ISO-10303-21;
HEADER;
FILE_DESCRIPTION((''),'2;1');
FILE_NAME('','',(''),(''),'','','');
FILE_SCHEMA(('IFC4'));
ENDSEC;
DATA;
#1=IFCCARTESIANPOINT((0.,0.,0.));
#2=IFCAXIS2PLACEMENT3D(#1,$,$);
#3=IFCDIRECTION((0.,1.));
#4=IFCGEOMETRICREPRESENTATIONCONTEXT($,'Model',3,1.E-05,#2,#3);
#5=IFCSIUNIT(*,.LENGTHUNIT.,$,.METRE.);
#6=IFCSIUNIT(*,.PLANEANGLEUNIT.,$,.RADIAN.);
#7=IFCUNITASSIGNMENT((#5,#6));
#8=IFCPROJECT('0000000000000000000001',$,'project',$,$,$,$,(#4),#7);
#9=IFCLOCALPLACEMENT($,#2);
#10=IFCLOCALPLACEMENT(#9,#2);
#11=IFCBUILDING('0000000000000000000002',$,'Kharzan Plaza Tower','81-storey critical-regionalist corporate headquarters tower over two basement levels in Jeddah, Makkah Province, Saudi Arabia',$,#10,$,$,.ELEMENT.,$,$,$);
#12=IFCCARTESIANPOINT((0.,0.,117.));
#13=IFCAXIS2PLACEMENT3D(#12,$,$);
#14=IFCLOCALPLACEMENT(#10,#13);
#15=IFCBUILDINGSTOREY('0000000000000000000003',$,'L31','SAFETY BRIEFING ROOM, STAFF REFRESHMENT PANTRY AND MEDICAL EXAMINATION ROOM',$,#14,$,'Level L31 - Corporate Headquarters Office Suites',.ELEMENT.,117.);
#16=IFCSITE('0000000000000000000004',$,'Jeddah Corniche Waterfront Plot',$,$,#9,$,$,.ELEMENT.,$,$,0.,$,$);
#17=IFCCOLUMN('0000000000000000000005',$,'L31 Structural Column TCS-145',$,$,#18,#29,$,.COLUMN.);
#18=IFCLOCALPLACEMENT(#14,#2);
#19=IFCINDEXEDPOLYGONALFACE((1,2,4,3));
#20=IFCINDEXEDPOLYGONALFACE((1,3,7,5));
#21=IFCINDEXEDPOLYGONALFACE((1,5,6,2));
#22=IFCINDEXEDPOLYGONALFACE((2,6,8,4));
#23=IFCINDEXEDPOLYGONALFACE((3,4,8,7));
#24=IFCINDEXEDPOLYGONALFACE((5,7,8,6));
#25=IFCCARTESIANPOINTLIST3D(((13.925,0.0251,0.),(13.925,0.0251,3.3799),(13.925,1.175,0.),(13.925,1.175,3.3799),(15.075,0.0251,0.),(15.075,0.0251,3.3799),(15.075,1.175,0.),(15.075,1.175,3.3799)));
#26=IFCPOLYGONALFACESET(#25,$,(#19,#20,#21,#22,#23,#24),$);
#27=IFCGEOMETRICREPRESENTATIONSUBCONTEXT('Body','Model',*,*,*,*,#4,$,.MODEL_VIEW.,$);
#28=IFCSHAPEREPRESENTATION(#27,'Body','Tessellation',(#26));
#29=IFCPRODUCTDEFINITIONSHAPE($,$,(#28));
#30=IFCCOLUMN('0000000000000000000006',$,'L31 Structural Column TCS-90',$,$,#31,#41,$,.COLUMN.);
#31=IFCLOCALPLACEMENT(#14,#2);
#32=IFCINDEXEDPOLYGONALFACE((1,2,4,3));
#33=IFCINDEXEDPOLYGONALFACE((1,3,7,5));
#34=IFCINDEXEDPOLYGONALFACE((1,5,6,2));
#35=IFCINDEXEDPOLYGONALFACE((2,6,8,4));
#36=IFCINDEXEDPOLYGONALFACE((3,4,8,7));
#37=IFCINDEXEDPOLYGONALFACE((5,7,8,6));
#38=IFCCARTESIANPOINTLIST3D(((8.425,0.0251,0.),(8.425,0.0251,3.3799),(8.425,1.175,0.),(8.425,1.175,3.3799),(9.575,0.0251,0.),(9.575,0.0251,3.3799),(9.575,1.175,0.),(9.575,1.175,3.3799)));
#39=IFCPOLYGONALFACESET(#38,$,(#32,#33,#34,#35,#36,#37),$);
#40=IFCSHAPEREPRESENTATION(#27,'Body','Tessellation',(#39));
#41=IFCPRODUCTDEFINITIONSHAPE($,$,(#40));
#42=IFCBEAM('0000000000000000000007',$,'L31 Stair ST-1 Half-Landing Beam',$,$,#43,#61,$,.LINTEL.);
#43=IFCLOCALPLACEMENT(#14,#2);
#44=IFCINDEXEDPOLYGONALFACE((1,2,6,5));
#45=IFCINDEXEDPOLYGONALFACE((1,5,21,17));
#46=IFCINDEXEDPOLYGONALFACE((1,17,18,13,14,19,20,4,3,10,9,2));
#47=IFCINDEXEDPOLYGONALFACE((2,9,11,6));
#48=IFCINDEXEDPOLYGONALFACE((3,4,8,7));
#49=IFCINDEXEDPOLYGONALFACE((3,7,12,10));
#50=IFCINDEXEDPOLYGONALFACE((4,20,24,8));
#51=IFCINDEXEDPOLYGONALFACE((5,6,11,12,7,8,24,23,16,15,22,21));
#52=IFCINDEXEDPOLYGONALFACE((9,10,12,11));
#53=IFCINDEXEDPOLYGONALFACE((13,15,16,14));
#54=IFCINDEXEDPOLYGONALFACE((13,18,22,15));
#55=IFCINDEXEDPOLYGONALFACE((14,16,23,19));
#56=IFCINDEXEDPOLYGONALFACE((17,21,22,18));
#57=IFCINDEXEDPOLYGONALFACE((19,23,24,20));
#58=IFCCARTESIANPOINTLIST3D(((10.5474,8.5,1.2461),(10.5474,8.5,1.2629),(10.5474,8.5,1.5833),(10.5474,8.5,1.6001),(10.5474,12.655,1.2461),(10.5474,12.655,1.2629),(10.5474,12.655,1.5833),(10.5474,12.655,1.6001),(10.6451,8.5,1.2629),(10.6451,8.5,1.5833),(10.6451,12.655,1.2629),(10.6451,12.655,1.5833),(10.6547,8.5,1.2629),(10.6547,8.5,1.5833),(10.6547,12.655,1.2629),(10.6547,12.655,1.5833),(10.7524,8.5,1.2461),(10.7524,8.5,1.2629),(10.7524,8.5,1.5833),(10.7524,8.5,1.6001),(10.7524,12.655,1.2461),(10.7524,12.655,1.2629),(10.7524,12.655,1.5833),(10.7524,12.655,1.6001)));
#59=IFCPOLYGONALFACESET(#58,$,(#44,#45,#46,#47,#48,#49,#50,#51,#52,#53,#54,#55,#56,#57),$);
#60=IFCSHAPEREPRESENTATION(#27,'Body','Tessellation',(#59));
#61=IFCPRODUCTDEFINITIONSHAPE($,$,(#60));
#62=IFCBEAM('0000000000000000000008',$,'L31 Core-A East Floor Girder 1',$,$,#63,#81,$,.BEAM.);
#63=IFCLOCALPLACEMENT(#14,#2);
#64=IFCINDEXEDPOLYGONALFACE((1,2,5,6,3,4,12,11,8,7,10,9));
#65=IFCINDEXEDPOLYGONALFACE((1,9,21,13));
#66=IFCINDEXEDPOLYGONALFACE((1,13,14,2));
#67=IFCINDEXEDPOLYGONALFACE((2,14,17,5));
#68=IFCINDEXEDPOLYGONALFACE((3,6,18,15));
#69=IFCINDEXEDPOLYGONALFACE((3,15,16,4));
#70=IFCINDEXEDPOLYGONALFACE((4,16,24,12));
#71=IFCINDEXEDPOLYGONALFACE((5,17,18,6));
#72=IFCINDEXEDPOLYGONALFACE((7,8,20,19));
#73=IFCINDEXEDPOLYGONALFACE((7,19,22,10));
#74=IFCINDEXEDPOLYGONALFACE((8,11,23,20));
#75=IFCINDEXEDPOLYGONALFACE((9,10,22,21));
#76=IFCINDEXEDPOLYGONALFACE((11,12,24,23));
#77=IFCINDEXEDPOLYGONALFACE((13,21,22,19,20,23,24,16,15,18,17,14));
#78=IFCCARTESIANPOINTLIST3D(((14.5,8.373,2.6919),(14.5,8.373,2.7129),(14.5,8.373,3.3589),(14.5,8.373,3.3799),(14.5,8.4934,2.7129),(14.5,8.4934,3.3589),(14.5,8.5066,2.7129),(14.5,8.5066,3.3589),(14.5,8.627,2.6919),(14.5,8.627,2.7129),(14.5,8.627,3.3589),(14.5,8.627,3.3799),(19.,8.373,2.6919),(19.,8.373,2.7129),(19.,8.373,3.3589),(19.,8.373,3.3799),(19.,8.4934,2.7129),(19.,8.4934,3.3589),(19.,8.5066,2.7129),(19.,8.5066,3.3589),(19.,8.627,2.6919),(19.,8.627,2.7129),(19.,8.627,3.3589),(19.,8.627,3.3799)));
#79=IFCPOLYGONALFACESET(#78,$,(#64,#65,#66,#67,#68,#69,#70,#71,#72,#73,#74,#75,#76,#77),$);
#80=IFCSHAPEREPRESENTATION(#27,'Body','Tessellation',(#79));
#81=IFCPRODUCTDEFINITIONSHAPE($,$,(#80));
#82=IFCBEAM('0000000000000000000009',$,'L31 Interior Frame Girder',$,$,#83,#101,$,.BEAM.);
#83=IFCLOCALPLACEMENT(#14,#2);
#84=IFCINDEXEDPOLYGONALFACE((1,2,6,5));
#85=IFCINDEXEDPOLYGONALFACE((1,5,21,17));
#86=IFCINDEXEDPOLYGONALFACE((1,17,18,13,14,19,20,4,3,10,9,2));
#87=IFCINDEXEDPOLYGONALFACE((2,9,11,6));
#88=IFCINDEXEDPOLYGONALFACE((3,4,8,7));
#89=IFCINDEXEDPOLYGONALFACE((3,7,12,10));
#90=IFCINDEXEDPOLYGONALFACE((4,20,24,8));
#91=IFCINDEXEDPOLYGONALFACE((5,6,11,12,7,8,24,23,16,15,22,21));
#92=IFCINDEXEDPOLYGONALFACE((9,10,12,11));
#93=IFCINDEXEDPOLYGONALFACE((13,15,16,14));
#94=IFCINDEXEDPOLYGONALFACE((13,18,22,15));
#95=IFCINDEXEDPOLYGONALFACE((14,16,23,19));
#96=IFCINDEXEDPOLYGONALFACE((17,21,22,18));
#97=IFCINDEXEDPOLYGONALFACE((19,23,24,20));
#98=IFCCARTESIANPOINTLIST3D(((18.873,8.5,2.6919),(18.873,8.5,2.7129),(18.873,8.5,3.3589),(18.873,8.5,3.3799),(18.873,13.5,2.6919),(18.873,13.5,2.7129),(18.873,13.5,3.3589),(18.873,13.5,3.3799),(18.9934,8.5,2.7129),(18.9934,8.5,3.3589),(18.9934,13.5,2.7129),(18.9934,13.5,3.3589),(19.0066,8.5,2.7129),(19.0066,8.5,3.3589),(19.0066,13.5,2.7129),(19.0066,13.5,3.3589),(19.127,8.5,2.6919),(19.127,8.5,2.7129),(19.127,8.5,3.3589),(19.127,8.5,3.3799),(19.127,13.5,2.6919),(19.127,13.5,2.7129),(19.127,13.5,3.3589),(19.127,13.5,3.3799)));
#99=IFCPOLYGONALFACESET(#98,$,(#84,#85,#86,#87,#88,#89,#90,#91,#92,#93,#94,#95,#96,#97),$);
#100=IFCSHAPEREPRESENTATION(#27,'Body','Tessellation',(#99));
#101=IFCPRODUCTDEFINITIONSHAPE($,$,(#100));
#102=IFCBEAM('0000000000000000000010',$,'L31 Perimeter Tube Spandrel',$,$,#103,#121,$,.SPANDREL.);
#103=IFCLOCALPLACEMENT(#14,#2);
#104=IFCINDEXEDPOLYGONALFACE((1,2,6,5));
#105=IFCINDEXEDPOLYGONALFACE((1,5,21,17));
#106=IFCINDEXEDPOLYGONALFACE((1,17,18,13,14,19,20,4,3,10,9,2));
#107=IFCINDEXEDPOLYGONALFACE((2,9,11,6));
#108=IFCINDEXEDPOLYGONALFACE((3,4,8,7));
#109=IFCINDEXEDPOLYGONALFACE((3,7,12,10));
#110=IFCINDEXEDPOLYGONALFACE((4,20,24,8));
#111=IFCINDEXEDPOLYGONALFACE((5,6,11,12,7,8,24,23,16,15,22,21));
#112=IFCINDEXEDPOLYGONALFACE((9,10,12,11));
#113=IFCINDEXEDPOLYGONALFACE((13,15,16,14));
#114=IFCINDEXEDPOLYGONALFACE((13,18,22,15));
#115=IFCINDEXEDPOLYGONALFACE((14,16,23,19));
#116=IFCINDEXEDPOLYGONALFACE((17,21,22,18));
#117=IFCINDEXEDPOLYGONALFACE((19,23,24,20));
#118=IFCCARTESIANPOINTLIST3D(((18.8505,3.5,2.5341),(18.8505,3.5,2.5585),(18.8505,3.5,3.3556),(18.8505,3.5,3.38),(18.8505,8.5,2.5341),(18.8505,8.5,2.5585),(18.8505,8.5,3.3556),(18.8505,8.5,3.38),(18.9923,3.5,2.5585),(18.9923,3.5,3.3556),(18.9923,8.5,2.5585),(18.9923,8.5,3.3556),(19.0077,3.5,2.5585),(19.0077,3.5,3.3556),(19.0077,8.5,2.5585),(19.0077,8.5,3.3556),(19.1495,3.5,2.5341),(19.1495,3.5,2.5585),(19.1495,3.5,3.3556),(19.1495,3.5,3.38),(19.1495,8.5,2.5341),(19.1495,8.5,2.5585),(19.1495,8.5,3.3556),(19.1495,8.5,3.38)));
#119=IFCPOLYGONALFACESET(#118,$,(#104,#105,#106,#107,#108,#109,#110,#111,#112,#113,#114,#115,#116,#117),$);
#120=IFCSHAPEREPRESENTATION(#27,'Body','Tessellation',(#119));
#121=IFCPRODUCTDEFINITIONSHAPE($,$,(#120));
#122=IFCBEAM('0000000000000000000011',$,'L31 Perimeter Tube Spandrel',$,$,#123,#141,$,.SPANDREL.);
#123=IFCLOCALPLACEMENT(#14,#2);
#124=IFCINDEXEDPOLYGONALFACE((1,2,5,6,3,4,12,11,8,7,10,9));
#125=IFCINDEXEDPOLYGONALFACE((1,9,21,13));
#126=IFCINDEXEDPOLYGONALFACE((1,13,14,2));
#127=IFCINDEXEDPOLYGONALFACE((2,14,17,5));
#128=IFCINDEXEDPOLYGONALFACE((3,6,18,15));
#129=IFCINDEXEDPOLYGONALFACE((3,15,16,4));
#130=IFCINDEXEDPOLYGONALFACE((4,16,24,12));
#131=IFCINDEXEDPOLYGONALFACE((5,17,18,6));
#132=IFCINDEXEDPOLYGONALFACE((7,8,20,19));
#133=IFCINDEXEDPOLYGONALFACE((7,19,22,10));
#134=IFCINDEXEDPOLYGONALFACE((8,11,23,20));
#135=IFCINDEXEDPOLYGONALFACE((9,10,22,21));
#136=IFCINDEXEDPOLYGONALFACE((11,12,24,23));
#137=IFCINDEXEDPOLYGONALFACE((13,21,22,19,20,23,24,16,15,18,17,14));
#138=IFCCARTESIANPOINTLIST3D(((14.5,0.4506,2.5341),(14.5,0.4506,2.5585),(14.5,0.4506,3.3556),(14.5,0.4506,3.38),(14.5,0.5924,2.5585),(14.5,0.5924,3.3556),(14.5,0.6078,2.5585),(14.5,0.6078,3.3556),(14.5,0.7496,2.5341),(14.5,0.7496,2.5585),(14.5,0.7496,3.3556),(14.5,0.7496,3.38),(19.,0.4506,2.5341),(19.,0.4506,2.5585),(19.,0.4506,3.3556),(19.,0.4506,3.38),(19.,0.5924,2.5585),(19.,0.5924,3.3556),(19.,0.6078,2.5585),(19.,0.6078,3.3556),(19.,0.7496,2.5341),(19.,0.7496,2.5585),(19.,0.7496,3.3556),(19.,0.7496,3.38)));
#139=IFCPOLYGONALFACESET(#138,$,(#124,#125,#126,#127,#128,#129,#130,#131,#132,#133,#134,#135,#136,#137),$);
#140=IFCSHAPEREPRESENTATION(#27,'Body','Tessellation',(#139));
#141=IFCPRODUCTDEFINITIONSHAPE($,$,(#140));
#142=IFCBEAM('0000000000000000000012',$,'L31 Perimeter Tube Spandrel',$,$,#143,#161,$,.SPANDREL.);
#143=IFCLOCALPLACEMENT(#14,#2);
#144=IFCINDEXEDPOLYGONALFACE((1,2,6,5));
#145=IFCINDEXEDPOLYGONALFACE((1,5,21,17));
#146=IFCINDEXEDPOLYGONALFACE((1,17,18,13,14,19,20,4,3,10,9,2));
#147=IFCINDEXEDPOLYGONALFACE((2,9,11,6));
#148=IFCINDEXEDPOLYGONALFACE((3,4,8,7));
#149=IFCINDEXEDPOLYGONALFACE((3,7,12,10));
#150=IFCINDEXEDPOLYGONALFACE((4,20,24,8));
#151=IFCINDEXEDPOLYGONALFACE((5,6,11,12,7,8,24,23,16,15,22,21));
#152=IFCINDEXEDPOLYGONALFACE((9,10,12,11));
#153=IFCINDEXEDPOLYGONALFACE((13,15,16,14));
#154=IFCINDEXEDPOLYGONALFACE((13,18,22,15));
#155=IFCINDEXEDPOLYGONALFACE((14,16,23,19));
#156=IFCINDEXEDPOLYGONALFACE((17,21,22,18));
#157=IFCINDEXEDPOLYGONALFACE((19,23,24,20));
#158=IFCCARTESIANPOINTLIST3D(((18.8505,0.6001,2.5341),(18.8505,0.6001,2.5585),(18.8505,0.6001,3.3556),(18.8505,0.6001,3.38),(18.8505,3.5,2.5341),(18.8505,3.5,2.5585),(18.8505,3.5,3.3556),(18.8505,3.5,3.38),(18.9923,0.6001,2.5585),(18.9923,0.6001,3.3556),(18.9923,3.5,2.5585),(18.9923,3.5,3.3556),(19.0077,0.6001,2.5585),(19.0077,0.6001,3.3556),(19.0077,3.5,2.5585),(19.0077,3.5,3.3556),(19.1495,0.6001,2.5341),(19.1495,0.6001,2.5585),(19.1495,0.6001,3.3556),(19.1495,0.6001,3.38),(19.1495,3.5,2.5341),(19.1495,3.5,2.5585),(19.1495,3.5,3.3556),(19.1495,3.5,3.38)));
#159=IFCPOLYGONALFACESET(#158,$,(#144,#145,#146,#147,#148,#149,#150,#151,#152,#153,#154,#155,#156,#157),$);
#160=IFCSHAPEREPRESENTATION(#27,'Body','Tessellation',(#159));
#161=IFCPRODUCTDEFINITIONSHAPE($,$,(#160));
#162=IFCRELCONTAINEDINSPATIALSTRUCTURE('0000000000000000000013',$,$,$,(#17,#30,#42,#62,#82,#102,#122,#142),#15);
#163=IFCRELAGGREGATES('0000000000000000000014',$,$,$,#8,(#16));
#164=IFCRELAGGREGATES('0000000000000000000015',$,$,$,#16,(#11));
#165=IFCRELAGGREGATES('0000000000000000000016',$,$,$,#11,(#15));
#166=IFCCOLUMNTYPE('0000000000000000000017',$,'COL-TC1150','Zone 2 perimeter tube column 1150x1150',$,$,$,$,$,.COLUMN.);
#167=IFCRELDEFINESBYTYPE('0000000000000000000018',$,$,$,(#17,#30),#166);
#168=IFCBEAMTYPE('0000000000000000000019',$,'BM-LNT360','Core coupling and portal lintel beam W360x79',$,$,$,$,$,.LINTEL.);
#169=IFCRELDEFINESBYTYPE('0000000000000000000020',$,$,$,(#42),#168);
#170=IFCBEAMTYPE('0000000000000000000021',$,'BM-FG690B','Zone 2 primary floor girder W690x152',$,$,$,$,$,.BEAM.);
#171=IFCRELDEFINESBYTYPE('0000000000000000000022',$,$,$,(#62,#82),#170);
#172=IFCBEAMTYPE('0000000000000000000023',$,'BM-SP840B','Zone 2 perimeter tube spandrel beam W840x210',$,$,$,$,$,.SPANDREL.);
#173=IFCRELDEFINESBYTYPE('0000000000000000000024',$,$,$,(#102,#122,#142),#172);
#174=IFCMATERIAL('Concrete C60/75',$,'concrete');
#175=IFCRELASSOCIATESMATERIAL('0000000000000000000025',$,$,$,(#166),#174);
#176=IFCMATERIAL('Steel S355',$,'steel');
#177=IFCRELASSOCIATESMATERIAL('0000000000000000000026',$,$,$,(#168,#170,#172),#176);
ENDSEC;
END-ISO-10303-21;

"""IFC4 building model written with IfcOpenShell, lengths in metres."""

from ifc_helpers import new_model, si_unit, direction, frame, origin, origin_2d, place, context, subcontext, project, spatial, rectangle, i_section, extrude, source, transform, mapped, material, material_profile, profile_set, type_object, element, save


model = new_model("IFC4")

# Units and contexts
model_context = context("Model", 3, precision=1e-05, world=origin(), true_north=direction((0.0, 1.0)))
body_context = subcontext(model_context, "Body", "Model", "MODEL_VIEW")
ifc_project = project(units=[si_unit("LENGTHUNIT", "METRE"), si_unit("PLANEANGLEUNIT", "RADIAN")], contexts=[model_context])

# Site, building, storey
site_placement = place(None, origin())
site = spatial("IfcSite", under=ifc_project, at=site_placement, Name="Jeddah Corniche Waterfront Plot", CompositionType="ELEMENT", RefElevation=0.0)
building_placement = place(site_placement, origin())
building = spatial("IfcBuilding", under=site, at=building_placement, Name="Kharzan Plaza Tower", Description="81-storey critical-regionalist corporate headquarters tower over two basement levels in Jeddah, Makkah Province, Saudi Arabia", CompositionType="ELEMENT")
storey_placement = place(building_placement, frame((0.0, 0.0, 117.0)))
storey = spatial("IfcBuildingStorey", under=building, at=storey_placement, Name="L31", Description="SAFETY BRIEFING ROOM, STAFF REFRESHMENT PANTRY AND MEDICAL EXAMINATION ROOM", LongName="Level L31 - Corporate Headquarters Office Suites", CompositionType="ELEMENT", Elevation=117.0)

# Columns
ifc_material_1 = material(Name="Concrete C60/75", Category="concrete")
ifc_material_profile_1 = material_profile(ifc_material_1, rectangle(XDim=1.1499, YDim=1.1499, at=origin_2d()), Name="RC-TC1150x1150")
ifc_profile_set_1 = profile_set([ifc_material_profile_1], Name="Concrete C60/75")
column_type = type_object("IfcColumnType", Name="COL-TC1150", Description="Zone 2 perimeter tube column 1150x1150", PredefinedType="COLUMN", material=ifc_profile_set_1)
shared_shape_1 = source(origin(), body_context, "Body", "SweptSolid", [
    extrude(rectangle(XDim=1.1499, YDim=1.1499, at=origin_2d()), origin(), (0.0, 0.0, 1.0), 3.3799),
])
for number, where, z_axis, x_axis, name in (
    (1, (14.5, 0.6001, 0.0), (0.0, 0.0, 1.0), (1.0, 0.0, 0.0), "L31 Structural Column TCS-145"),
    (2, (9.0, 0.6001, 0.0), (0.0, 0.0, 1.0), (1.0, 0.0, 0.0), "L31 Structural Column TCS-90"),
):
    element("IfcColumn", number, at=place(storey_placement, frame(where, z_axis=z_axis, x_axis=x_axis)), inside=storey, type_object=column_type, Name=name, PredefinedType="COLUMN", context=body_context, shape_type="MappedRepresentation", body=[
        mapped(shared_shape_1, transform((0.0, 0.0, 0.0), x_axis=(1.0, 0.0, 0.0), y_axis=(0.0, 1.0, 0.0), z_axis=(0.0, 0.0, 1.0))),
    ])

# Beams
ifc_material_2 = material(Name="Steel S355", Category="steel")
ifc_material_profile_2 = material_profile(ifc_material_2, i_section(OverallWidth=0.2051, OverallDepth=0.354, WebThickness=0.0095, FlangeThickness=0.0168, at=origin_2d()), Name="W360x79")
ifc_profile_set_2 = profile_set([ifc_material_profile_2], Name="Steel S355")
beam_type_1 = type_object("IfcBeamType", Name="BM-LNT360", Description="Core coupling and portal lintel beam W360x79", PredefinedType="LINTEL", material=ifc_profile_set_2)
shared_shape_2 = source(origin(), body_context, "Body", "SweptSolid", [
    extrude(i_section(OverallWidth=0.2051, OverallDepth=0.354, WebThickness=0.0095, FlangeThickness=0.0168, at=origin_2d()), origin(), (0.0, 0.0, 1.0), 4.155),
])
beam_1_placement = place(storey_placement, frame((10.6499, 8.5, 1.4231), z_axis=(0.0, 1.0, 0.0), x_axis=(-1.0, 0.0, 0.0)))
element("IfcBeam", 3, at=beam_1_placement, inside=storey, type_object=beam_type_1, Name="L31 Stair ST-1 Half-Landing Beam", PredefinedType="LINTEL", context=body_context, shape_type="MappedRepresentation", body=[
    mapped(shared_shape_2, transform((0.0, 0.0, 0.0), x_axis=(1.0, 0.0, 0.0), y_axis=(0.0, 1.0, 0.0), z_axis=(0.0, 0.0, 1.0))),
])
ifc_material_profile_3 = material_profile(ifc_material_2, i_section(OverallWidth=0.2539, OverallDepth=0.688, WebThickness=0.0132, FlangeThickness=0.021, at=origin_2d()), Name="W690x152")
ifc_profile_set_3 = profile_set([ifc_material_profile_3], Name="Steel S355")
beam_type_2 = type_object("IfcBeamType", Name="BM-FG690B", Description="Zone 2 primary floor girder W690x152", PredefinedType="BEAM", material=ifc_profile_set_3)
shared_shape_3 = source(origin(), body_context, "Body", "SweptSolid", [
    extrude(i_section(OverallWidth=0.2539, OverallDepth=0.688, WebThickness=0.0132, FlangeThickness=0.021, at=origin_2d()), origin(), (0.0, 0.0, 1.0), 4.5),
])
beam_2_placement = place(storey_placement, frame((14.5, 8.5, 3.0359), z_axis=(1.0, 0.0, 0.0), x_axis=(0.0, 1.0, 0.0)))
element("IfcBeam", 4, at=beam_2_placement, inside=storey, type_object=beam_type_2, Name="L31 Core-A East Floor Girder 1", PredefinedType="BEAM", context=body_context, shape_type="MappedRepresentation", body=[
    mapped(shared_shape_3, transform((0.0, 0.0, 0.0), x_axis=(1.0, 0.0, 0.0), y_axis=(0.0, 1.0, 0.0), z_axis=(0.0, 0.0, 1.0))),
])
shared_shape_4 = source(origin(), body_context, "Body", "SweptSolid", [
    extrude(i_section(OverallWidth=0.2539, OverallDepth=0.688, WebThickness=0.0132, FlangeThickness=0.021, at=origin_2d()), origin(), (0.0, 0.0, 1.0), 5.0),
])
beam_3_placement = place(storey_placement, frame((19.0, 8.5, 3.0359), z_axis=(0.0, 1.0, 0.0), x_axis=(-1.0, 0.0, 0.0)))
element("IfcBeam", 5, at=beam_3_placement, inside=storey, type_object=beam_type_2, Name="L31 Interior Frame Girder", PredefinedType="BEAM", context=body_context, shape_type="MappedRepresentation", body=[
    mapped(shared_shape_4, transform((0.0, 0.0, 0.0), x_axis=(1.0, 0.0, 0.0), y_axis=(0.0, 1.0, 0.0), z_axis=(0.0, 0.0, 1.0))),
])
ifc_material_profile_4 = material_profile(ifc_material_2, i_section(OverallWidth=0.2991, OverallDepth=0.8459, WebThickness=0.0154, FlangeThickness=0.0244, at=origin_2d()), Name="W840x210")
ifc_profile_set_4 = profile_set([ifc_material_profile_4], Name="Steel S355")
beam_type_3 = type_object("IfcBeamType", Name="BM-SP840B", Description="Zone 2 perimeter tube spandrel beam W840x210", PredefinedType="SPANDREL", material=ifc_profile_set_4)
shared_shape_5 = source(origin(), body_context, "Body", "SweptSolid", [
    extrude(i_section(OverallWidth=0.2991, OverallDepth=0.8459, WebThickness=0.0154, FlangeThickness=0.0244, at=origin_2d()), origin(), (0.0, 0.0, 1.0), 5.0),
])
beam_4_placement = place(storey_placement, frame((19.0, 3.5, 2.957), z_axis=(0.0, 1.0, 0.0), x_axis=(-1.0, 0.0, 0.0)))
element("IfcBeam", 6, at=beam_4_placement, inside=storey, type_object=beam_type_3, Name="L31 Perimeter Tube Spandrel", PredefinedType="SPANDREL", context=body_context, shape_type="MappedRepresentation", body=[
    mapped(shared_shape_5, transform((0.0, 0.0, 0.0), x_axis=(1.0, 0.0, 0.0), y_axis=(0.0, 1.0, 0.0), z_axis=(0.0, 0.0, 1.0))),
])
shared_shape_6 = source(origin(), body_context, "Body", "SweptSolid", [
    extrude(i_section(OverallWidth=0.2991, OverallDepth=0.8459, WebThickness=0.0154, FlangeThickness=0.0244, at=origin_2d()), origin(), (0.0, 0.0, 1.0), 4.5),
])
beam_5_placement = place(storey_placement, frame((14.5, 0.6001, 2.957), z_axis=(1.0, 0.0, 0.0), x_axis=(0.0, 1.0, 0.0)))
element("IfcBeam", 7, at=beam_5_placement, inside=storey, type_object=beam_type_3, Name="L31 Perimeter Tube Spandrel", PredefinedType="SPANDREL", context=body_context, shape_type="MappedRepresentation", body=[
    mapped(shared_shape_6, transform((0.0, 0.0, 0.0), x_axis=(1.0, 0.0, 0.0), y_axis=(0.0, 1.0, 0.0), z_axis=(0.0, 0.0, 1.0))),
])
shared_shape_7 = source(origin(), body_context, "Body", "SweptSolid", [
    extrude(i_section(OverallWidth=0.2991, OverallDepth=0.8459, WebThickness=0.0154, FlangeThickness=0.0244, at=origin_2d()), origin(), (0.0, 0.0, 1.0), 2.8999),
])
beam_6_placement = place(storey_placement, frame((19.0, 0.6001, 2.957), z_axis=(0.0, 1.0, 0.0), x_axis=(-1.0, 0.0, 0.0)))
element("IfcBeam", 8, at=beam_6_placement, inside=storey, type_object=beam_type_3, Name="L31 Perimeter Tube Spandrel", PredefinedType="SPANDREL", context=body_context, shape_type="MappedRepresentation", body=[
    mapped(shared_shape_7, transform((0.0, 0.0, 0.0), x_axis=(1.0, 0.0, 0.0), y_axis=(0.0, 1.0, 0.0), z_axis=(0.0, 0.0, 1.0))),
])

save(model, "model.ifc")
